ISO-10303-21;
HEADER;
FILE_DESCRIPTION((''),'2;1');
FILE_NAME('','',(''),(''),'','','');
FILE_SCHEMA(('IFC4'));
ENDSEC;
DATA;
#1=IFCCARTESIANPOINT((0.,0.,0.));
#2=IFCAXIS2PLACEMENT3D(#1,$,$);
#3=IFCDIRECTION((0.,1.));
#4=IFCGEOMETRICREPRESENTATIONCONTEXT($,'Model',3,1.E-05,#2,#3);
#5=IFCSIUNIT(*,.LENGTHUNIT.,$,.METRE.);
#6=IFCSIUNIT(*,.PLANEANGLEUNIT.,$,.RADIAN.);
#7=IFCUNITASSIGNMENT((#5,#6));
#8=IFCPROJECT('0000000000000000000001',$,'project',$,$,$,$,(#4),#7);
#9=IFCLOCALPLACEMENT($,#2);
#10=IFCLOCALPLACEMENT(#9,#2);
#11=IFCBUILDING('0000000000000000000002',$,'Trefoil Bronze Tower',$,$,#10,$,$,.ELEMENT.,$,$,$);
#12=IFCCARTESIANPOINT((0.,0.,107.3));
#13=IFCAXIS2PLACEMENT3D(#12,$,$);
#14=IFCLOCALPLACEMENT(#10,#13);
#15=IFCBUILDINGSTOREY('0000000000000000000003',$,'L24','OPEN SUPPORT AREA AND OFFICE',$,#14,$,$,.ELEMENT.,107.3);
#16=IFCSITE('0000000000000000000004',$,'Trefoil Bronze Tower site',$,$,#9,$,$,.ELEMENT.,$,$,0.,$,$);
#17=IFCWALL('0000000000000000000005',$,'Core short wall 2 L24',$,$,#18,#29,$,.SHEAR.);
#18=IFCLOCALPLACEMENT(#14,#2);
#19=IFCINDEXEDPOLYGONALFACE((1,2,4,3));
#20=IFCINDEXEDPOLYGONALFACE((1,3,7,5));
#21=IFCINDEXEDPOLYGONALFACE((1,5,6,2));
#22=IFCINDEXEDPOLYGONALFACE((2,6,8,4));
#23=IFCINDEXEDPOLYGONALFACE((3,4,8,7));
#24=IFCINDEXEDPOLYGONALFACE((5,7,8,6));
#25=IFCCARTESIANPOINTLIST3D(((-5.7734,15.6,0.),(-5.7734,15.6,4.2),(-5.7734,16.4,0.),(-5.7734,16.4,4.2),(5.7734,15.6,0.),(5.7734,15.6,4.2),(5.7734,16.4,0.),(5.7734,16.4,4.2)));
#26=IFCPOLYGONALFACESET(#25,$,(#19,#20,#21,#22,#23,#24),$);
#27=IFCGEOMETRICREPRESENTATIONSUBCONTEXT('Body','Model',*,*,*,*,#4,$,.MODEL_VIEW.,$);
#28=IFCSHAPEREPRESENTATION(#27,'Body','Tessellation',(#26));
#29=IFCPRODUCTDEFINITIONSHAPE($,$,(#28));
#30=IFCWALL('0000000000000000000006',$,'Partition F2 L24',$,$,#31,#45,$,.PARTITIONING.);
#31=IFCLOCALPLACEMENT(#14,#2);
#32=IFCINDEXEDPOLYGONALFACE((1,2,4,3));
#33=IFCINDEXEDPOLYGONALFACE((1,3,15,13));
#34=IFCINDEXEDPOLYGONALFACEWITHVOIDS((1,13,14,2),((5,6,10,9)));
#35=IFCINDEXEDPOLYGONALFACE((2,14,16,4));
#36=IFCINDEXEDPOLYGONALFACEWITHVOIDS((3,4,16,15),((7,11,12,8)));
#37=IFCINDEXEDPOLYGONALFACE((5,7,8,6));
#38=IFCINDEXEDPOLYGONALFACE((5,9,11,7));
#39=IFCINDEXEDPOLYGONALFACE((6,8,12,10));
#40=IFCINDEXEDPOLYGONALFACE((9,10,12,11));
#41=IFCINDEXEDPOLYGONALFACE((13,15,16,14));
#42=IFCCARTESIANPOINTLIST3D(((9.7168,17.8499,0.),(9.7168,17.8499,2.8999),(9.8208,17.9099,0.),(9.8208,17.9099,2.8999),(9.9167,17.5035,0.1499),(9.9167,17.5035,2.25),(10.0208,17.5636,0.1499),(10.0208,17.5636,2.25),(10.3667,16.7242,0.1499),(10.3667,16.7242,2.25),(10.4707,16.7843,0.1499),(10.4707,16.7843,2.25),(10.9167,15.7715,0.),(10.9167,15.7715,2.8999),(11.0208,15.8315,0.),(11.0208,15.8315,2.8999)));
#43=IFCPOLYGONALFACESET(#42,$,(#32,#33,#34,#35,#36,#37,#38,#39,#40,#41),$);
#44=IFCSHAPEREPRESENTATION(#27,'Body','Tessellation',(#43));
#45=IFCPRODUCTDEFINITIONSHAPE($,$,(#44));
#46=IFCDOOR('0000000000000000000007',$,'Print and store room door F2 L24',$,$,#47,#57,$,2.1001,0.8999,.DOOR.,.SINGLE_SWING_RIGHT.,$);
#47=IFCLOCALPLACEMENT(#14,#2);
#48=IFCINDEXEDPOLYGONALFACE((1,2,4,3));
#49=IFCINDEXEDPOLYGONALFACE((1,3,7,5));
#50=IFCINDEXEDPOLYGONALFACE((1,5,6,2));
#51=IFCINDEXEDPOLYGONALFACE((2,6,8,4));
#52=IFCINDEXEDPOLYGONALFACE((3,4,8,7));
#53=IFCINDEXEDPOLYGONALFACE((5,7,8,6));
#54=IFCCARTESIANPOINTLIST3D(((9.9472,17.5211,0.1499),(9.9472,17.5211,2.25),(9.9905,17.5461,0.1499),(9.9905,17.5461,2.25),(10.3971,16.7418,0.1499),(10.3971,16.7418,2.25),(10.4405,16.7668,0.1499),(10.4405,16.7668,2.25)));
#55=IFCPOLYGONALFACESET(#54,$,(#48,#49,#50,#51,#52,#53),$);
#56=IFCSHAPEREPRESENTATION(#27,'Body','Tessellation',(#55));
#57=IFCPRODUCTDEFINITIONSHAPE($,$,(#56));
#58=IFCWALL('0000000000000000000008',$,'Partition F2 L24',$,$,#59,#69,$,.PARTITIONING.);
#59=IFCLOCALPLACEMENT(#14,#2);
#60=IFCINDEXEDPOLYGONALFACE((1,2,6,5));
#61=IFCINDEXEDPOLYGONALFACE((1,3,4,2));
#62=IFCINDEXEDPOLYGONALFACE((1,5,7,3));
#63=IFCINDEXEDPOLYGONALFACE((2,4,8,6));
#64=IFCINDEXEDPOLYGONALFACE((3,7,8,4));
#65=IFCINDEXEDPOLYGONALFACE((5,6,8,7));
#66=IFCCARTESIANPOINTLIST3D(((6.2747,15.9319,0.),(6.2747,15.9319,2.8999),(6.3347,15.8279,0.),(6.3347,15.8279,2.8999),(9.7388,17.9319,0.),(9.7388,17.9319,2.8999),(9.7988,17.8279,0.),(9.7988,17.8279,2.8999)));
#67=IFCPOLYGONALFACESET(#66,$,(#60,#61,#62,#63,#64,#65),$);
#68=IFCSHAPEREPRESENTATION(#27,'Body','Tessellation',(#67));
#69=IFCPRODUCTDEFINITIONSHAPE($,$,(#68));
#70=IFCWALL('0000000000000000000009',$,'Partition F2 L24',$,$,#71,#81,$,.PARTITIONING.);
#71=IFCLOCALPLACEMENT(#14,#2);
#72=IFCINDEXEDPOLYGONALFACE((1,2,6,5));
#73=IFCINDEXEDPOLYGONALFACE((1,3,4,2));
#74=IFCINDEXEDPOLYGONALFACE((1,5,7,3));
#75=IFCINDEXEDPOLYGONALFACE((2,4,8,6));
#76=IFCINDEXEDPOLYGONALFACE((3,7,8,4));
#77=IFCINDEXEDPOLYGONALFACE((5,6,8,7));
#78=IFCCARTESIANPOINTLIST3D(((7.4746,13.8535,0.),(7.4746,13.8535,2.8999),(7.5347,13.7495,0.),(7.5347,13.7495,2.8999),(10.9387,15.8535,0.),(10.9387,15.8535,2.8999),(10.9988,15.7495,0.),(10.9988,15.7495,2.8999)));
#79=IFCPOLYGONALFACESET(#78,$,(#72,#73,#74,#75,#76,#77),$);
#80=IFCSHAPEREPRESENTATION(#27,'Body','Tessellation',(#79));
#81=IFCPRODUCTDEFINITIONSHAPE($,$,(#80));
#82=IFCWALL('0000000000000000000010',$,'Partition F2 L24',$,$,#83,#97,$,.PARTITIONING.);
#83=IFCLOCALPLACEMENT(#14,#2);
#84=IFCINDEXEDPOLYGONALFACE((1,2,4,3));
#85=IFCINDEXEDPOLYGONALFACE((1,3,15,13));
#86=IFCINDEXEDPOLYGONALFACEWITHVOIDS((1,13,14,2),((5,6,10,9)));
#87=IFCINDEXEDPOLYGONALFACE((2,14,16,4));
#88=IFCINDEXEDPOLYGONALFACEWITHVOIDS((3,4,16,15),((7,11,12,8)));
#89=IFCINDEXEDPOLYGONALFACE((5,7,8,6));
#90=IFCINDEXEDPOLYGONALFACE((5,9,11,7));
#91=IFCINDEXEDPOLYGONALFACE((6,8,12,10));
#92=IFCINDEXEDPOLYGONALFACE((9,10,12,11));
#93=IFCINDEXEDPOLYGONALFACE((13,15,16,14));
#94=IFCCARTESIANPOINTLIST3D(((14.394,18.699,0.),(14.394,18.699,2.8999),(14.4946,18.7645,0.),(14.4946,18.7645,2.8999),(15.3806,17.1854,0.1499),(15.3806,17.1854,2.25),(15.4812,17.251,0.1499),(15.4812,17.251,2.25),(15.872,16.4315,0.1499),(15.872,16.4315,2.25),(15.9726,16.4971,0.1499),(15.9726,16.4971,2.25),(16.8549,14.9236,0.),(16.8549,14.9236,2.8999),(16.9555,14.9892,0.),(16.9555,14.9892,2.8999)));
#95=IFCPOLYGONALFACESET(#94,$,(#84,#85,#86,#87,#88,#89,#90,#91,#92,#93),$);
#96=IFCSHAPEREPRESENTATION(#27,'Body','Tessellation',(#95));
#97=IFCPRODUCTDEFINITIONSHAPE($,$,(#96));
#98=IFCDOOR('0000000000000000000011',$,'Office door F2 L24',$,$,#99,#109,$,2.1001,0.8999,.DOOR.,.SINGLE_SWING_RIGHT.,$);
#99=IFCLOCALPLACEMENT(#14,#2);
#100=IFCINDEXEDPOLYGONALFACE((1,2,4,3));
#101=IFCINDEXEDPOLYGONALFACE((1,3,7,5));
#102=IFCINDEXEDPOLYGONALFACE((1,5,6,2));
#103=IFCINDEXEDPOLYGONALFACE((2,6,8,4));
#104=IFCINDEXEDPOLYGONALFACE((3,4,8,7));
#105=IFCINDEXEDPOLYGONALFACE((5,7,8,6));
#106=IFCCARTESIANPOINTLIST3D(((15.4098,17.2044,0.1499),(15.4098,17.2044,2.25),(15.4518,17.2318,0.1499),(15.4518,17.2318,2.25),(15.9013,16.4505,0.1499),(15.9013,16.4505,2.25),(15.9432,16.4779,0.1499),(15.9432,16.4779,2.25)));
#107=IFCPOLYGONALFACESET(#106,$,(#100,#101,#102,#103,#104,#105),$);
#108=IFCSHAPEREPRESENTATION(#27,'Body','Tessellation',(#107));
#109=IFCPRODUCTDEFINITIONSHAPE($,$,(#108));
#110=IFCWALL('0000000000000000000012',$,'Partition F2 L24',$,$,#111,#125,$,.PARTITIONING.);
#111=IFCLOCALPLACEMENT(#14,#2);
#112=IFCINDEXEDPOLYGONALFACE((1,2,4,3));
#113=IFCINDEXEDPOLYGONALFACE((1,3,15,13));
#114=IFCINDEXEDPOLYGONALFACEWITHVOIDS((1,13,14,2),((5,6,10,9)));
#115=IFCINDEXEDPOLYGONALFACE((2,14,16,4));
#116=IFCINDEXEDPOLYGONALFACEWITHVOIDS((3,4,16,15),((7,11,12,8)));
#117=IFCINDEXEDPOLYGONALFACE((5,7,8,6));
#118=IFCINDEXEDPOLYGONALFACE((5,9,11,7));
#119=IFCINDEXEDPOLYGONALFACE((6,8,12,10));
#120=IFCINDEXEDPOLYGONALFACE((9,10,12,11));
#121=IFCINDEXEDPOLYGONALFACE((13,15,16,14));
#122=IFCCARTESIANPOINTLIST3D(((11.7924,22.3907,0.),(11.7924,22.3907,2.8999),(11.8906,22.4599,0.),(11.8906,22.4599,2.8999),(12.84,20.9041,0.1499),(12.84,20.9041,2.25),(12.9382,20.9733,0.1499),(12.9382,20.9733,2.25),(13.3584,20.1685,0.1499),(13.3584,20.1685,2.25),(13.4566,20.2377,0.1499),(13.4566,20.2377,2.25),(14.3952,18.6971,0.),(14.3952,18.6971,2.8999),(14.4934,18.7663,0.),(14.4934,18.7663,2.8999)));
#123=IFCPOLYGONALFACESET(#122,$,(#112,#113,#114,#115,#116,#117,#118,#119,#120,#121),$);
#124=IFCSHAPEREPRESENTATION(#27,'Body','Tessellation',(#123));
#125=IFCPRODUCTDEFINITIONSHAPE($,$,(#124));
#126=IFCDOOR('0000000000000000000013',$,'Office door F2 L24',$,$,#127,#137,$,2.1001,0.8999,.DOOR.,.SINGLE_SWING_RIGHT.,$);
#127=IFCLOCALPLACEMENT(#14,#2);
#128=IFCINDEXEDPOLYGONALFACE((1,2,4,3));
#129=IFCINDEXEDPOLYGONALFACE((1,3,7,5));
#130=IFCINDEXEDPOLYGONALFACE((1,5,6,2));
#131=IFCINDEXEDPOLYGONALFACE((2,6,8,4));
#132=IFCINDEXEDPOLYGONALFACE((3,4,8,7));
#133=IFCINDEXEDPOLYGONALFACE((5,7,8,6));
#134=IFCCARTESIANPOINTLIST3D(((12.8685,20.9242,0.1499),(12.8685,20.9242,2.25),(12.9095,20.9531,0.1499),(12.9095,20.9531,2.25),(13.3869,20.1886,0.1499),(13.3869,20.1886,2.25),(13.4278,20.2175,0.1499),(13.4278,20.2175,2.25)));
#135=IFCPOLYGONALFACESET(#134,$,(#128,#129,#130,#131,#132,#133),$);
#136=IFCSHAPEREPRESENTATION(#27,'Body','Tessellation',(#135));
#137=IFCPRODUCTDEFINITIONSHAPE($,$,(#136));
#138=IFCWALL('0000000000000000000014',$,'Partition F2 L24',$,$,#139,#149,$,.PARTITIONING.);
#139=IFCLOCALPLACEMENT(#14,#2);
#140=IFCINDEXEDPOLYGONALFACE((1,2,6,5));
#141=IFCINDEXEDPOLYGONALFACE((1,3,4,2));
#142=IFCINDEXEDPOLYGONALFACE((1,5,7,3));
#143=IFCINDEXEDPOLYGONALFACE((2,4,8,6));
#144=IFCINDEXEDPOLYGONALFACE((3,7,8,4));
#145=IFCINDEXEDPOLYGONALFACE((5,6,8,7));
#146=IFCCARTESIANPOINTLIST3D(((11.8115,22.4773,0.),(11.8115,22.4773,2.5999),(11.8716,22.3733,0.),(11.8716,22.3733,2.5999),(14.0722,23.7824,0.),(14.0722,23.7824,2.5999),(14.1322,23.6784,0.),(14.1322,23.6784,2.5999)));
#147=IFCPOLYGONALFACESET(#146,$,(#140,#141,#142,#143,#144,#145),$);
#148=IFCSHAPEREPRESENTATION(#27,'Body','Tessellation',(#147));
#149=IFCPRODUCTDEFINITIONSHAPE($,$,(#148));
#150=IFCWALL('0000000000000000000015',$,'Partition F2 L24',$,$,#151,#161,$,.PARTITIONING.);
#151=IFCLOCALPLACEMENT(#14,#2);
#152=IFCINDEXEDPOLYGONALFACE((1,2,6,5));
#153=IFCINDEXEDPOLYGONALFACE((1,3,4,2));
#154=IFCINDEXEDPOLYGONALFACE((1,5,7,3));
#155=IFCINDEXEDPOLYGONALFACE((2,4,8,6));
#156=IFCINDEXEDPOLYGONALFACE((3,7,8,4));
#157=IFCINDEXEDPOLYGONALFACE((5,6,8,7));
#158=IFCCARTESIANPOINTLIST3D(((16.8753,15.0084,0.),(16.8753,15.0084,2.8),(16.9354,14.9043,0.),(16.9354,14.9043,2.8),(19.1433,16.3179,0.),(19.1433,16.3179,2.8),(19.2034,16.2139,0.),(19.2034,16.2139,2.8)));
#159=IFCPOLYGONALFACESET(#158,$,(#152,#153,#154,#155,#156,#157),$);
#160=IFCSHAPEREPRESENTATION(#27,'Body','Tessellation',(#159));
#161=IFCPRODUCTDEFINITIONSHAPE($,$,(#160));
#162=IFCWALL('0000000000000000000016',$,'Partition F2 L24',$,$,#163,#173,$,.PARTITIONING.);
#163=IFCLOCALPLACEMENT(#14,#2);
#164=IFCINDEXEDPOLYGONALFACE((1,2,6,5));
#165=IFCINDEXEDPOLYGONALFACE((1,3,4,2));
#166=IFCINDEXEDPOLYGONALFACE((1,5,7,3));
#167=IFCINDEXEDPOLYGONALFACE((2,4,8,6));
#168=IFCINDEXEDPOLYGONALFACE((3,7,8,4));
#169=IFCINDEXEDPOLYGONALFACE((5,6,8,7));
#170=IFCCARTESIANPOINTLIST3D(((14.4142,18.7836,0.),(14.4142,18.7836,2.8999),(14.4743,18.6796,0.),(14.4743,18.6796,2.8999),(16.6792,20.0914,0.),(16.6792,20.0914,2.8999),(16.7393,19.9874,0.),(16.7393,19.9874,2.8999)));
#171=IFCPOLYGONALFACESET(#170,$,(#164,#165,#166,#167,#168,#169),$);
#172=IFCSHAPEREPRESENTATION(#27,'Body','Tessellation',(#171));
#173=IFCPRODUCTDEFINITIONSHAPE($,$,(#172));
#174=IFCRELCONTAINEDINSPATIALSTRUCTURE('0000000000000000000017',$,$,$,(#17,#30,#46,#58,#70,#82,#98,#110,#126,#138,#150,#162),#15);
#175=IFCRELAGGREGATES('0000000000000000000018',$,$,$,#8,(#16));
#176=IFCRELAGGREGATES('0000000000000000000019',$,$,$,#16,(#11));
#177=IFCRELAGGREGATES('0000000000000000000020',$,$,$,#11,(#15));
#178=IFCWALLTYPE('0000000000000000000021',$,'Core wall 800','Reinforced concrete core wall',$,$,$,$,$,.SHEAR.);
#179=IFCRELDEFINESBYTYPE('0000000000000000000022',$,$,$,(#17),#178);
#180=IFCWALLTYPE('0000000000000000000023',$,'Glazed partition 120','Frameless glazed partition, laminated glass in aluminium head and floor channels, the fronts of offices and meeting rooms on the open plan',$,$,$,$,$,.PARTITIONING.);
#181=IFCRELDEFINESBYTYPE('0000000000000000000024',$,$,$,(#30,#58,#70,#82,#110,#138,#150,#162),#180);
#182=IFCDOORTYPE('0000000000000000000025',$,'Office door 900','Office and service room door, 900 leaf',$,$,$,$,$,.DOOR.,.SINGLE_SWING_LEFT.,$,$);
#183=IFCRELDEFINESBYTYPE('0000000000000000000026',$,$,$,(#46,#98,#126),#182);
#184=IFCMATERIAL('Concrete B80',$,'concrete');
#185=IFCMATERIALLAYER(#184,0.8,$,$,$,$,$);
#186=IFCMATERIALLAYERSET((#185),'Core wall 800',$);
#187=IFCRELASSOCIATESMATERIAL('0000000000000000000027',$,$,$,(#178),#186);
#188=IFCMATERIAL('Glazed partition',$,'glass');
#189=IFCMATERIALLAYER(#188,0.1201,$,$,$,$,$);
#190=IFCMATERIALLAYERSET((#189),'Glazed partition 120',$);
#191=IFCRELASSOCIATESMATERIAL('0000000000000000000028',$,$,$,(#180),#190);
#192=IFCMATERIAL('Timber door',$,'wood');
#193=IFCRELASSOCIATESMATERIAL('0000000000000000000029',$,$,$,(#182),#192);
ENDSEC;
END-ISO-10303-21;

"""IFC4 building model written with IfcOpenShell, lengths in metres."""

from ifc_helpers import new_model, si_unit, direction, frame, frame_2d, origin, place, context, subcontext, project, spatial, rectangle, extrude, material, layer, layer_set, type_object, element, fill, save


model = new_model("IFC4")

# Units and contexts
model_context = context("Model", 3, precision=1e-05, world=origin(), true_north=direction((0.0, 1.0)))
body_context = subcontext(model_context, "Body", "Model", "MODEL_VIEW")
ifc_project = project(units=[si_unit("LENGTHUNIT", "METRE"), si_unit("PLANEANGLEUNIT", "RADIAN")], contexts=[model_context])

# Site, building, storey
site_placement = place(None, origin())
site = spatial("IfcSite", under=ifc_project, at=site_placement, Name="Trefoil Bronze Tower site", CompositionType="ELEMENT", RefElevation=0.0)
building_placement = place(site_placement, origin())
building = spatial("IfcBuilding", under=site, at=building_placement, Name="Trefoil Bronze Tower", CompositionType="ELEMENT")
storey_placement = place(building_placement, frame((0.0, 0.0, 107.3)))
storey = spatial("IfcBuildingStorey", under=building, at=storey_placement, Name="L24", Description="OPEN SUPPORT AREA AND OFFICE", CompositionType="ELEMENT", Elevation=107.3)

# Wall
ifc_material_1 = material(Name="Concrete B80", Category="concrete")
ifc_layer_1 = layer(ifc_material_1, 0.8)
ifc_layer_set_1 = layer_set([ifc_layer_1], Name="Core wall 800")
wall_type_1 = type_object("IfcWallType", Name="Core wall 800", Description="Reinforced concrete core wall", PredefinedType="SHEAR", material=ifc_layer_set_1)
wall_1_placement = place(storey_placement, frame((5.7734, 16.0, 0.0), z_axis=(0.0, 0.0, 1.0), x_axis=(-1.0, 0.0, 0.0)))
element("IfcWall", 1, at=wall_1_placement, inside=storey, type_object=wall_type_1, Name="Core short wall 2 L24", PredefinedType="SHEAR", context=body_context, shape_type="SweptSolid", body=[
    extrude(rectangle(XDim=11.5469, YDim=0.8, at=frame_2d((5.7734, 0.0))), origin(), (0.0, 0.0, 1.0), 4.2),
])

# Wall, opening, door
ifc_material_2 = material(Name="Glazed partition", Category="glass")
ifc_layer_2 = layer(ifc_material_2, 0.1201)
ifc_layer_set_2 = layer_set([ifc_layer_2], Name="Glazed partition 120")
wall_type_2 = type_object("IfcWallType", Name="Glazed partition 120", Description="Frameless glazed partition, laminated glass in aluminium head and floor channels, the fronts of offices and meeting rooms on the open plan", PredefinedType="PARTITIONING", material=ifc_layer_set_2)
wall_2_placement = place(storey_placement, frame((10.9688, 15.8015, 0.0), z_axis=(0.0, 0.0, 1.0), x_axis=(-0.500001, 0.866025, 0.0)))
wall_2 = element("IfcWall", 2, at=wall_2_placement, inside=storey, type_object=wall_type_2, Name="Partition F2 L24", PredefinedType="PARTITIONING", context=body_context, shape_type="SweptSolid", body=[
    extrude(rectangle(XDim=2.3999, YDim=0.1201, at=frame_2d((1.2, 0.0))), origin(), (0.0, 0.0, 1.0), 2.8999),
])
opening_1_placement = place(wall_2_placement, frame((1.1001, 0.0, 0.1499)))
opening_1 = element("IfcOpeningElement", 3, at=opening_1_placement, cuts=wall_2, PredefinedType="OPENING", context=body_context, shape_type="SweptSolid", body=[
    extrude(rectangle(XDim=0.8999, YDim=2.1001, at=frame_2d((0.45, 1.05))), frame((0.0, 0.0701, 0.0), z_axis=(0.0, -1.0, 0.0), x_axis=(1.0, 0.0, 0.0)), (0.0, 0.0, 1.0), 0.1401),
])
ifc_material_3 = material(Name="Timber door", Category="wood")
door_type = type_object("IfcDoorType", Name="Office door 900", Description="Office and service room door, 900 leaf", OperationType="SINGLE_SWING_LEFT", PredefinedType="DOOR", material=ifc_material_3)
door_1_placement = place(opening_1_placement, origin())
door_1 = element("IfcDoor", 4, at=door_1_placement, inside=storey, type_object=door_type, Name="Print and store room door F2 L24", OperationType="SINGLE_SWING_RIGHT", OverallHeight=2.1001, OverallWidth=0.8999, PredefinedType="DOOR", context=body_context, shape_type="SweptSolid", body=[
    extrude(rectangle(XDim=0.8999, YDim=2.1001, at=frame_2d((0.45, 1.05))), frame((0.0, 0.0249, 0.0), z_axis=(0.0, -1.0, 0.0), x_axis=(1.0, 0.0, 0.0)), (0.0, 0.0, 1.0), 0.05),
])
fill(opening_1, door_1)

# Walls
for number, where, z_axis, x_axis, name in (
    (5, (6.3047, 15.8799, 0.0), (0.0, 0.0, 1.0), (0.866026, 0.499999, 0.0), "Partition F2 L24"),
    (6, (7.5046, 13.8015, 0.0), (0.0, 0.0, 1.0), (0.866026, 0.499999, 0.0), "Partition F2 L24"),
):
    element("IfcWall", number, at=place(storey_placement, frame(where, z_axis=z_axis, x_axis=x_axis)), inside=storey, type_object=wall_type_2, Name=name, PredefinedType="PARTITIONING", context=body_context, shape_type="SweptSolid", body=[
        extrude(rectangle(XDim=4.0, YDim=0.1201, at=frame_2d((2.0, 0.0))), origin(), (0.0, 0.0, 1.0), 2.8999),
    ])

# Walls, openings, doors
wall_3_placement = place(storey_placement, frame((16.9053, 14.9563, 0.0), z_axis=(0.0, 0.0, 1.0), x_axis=(-0.546069, 0.83774, 0.0)))
wall_3 = element("IfcWall", 7, at=wall_3_placement, inside=storey, type_object=wall_type_2, Name="Partition F2 L24", PredefinedType="PARTITIONING", context=body_context, shape_type="SweptSolid", body=[
    extrude(rectangle(XDim=4.5066, YDim=0.1201, at=frame_2d((2.2534, 0.0))), origin(), (0.0, 0.0, 1.0), 2.8999),
])
opening_2_placement = place(wall_3_placement, frame((1.8, 0.0, 0.1499)))
opening_2 = element("IfcOpeningElement", 8, at=opening_2_placement, cuts=wall_3, PredefinedType="OPENING", context=body_context, shape_type="SweptSolid", body=[
    extrude(rectangle(XDim=0.8999, YDim=2.1001, at=frame_2d((0.45, 1.05))), frame((0.0, 0.0701, 0.0), z_axis=(0.0, -1.0, 0.0), x_axis=(1.0, 0.0, 0.0)), (0.0, 0.0, 1.0), 0.1401),
])
door_2_placement = place(opening_2_placement, frame((0.8999, 0.0, 0.0), z_axis=(0.0, 0.0, 1.0), x_axis=(-1.0, 0.0, 0.0)))
door_2 = element("IfcDoor", 9, at=door_2_placement, inside=storey, type_object=door_type, Name="Office door F2 L24", OperationType="SINGLE_SWING_RIGHT", OverallHeight=2.1001, OverallWidth=0.8999, PredefinedType="DOOR", context=body_context, shape_type="SweptSolid", body=[
    extrude(rectangle(XDim=0.8999, YDim=2.1001, at=frame_2d((0.45, 1.05))), frame((0.0, 0.0249, 0.0), z_axis=(0.0, -1.0, 0.0), x_axis=(1.0, 0.0, 0.0)), (0.0, 0.0, 1.0), 0.05),
])
fill(opening_2, door_2)
wall_4_placement = place(storey_placement, frame((14.4443, 18.7317, 0.0), z_axis=(0.0, 0.0, 1.0), x_axis=(-0.576023, 0.817433, 0.0)))
wall_4 = element("IfcWall", 10, at=wall_4_placement, inside=storey, type_object=wall_type_2, Name="Partition F2 L24", PredefinedType="PARTITIONING", context=body_context, shape_type="SweptSolid", body=[
    extrude(rectangle(XDim=4.5186, YDim=0.1201, at=frame_2d((2.2593, 0.0))), origin(), (0.0, 0.0, 1.0), 2.8999),
])
opening_3_placement = place(wall_4_placement, frame((1.8, 0.0, 0.1499)))
opening_3 = element("IfcOpeningElement", 11, at=opening_3_placement, cuts=wall_4, PredefinedType="OPENING", context=body_context, shape_type="SweptSolid", body=[
    extrude(rectangle(XDim=0.8999, YDim=2.1001, at=frame_2d((0.45, 1.05))), frame((0.0, 0.0701, 0.0), z_axis=(0.0, -1.0, 0.0), x_axis=(1.0, 0.0, 0.0)), (0.0, 0.0, 1.0), 0.1401),
])
door_3_placement = place(opening_3_placement, frame((0.8999, 0.0, 0.0), z_axis=(0.0, 0.0, 1.0), x_axis=(-1.0, 0.0, 0.0)))
door_3 = element("IfcDoor", 12, at=door_3_placement, inside=storey, type_object=door_type, Name="Office door F2 L24", OperationType="SINGLE_SWING_RIGHT", OverallHeight=2.1001, OverallWidth=0.8999, PredefinedType="DOOR", context=body_context, shape_type="SweptSolid", body=[
    extrude(rectangle(XDim=0.8999, YDim=2.1001, at=frame_2d((0.45, 1.05))), frame((0.0, 0.0249, 0.0), z_axis=(0.0, -1.0, 0.0), x_axis=(1.0, 0.0, 0.0)), (0.0, 0.0, 1.0), 0.05),
])
fill(opening_3, door_3)

# Walls
wall_5_placement = place(storey_placement, frame((11.8416, 22.4253, 0.0), z_axis=(0.0, 0.0, 1.0), x_axis=(0.866036, 0.499982, 0.0)))
element("IfcWall", 13, at=wall_5_placement, inside=storey, type_object=wall_type_2, Name="Partition F2 L24", PredefinedType="PARTITIONING", context=body_context, shape_type="SweptSolid", body=[
    extrude(rectangle(XDim=2.6104, YDim=0.1201, at=frame_2d((1.3052, 0.0))), origin(), (0.0, 0.0, 1.0), 2.5999),
])
wall_6_placement = place(storey_placement, frame((16.9053, 14.9563, 0.0), z_axis=(0.0, 0.0, 1.0), x_axis=(0.866009, 0.500029, 0.0)))
element("IfcWall", 14, at=wall_6_placement, inside=storey, type_object=wall_type_2, Name="Partition F2 L24", PredefinedType="PARTITIONING", context=body_context, shape_type="SweptSolid", body=[
    extrude(rectangle(XDim=2.6189, YDim=0.1201, at=frame_2d((1.3096, 0.0))), origin(), (0.0, 0.0, 1.0), 2.8),
])
wall_7_placement = place(storey_placement, frame((14.4443, 18.7317, 0.0), z_axis=(0.0, 0.0, 1.0), x_axis=(0.866011, 0.500024, 0.0)))
element("IfcWall", 15, at=wall_7_placement, inside=storey, type_object=wall_type_2, Name="Partition F2 L24", PredefinedType="PARTITIONING", context=body_context, shape_type="SweptSolid", body=[
    extrude(rectangle(XDim=2.6155, YDim=0.1201, at=frame_2d((1.3076, 0.0))), origin(), (0.0, 0.0, 1.0), 2.8999),
])

save(model, "model.ifc")
